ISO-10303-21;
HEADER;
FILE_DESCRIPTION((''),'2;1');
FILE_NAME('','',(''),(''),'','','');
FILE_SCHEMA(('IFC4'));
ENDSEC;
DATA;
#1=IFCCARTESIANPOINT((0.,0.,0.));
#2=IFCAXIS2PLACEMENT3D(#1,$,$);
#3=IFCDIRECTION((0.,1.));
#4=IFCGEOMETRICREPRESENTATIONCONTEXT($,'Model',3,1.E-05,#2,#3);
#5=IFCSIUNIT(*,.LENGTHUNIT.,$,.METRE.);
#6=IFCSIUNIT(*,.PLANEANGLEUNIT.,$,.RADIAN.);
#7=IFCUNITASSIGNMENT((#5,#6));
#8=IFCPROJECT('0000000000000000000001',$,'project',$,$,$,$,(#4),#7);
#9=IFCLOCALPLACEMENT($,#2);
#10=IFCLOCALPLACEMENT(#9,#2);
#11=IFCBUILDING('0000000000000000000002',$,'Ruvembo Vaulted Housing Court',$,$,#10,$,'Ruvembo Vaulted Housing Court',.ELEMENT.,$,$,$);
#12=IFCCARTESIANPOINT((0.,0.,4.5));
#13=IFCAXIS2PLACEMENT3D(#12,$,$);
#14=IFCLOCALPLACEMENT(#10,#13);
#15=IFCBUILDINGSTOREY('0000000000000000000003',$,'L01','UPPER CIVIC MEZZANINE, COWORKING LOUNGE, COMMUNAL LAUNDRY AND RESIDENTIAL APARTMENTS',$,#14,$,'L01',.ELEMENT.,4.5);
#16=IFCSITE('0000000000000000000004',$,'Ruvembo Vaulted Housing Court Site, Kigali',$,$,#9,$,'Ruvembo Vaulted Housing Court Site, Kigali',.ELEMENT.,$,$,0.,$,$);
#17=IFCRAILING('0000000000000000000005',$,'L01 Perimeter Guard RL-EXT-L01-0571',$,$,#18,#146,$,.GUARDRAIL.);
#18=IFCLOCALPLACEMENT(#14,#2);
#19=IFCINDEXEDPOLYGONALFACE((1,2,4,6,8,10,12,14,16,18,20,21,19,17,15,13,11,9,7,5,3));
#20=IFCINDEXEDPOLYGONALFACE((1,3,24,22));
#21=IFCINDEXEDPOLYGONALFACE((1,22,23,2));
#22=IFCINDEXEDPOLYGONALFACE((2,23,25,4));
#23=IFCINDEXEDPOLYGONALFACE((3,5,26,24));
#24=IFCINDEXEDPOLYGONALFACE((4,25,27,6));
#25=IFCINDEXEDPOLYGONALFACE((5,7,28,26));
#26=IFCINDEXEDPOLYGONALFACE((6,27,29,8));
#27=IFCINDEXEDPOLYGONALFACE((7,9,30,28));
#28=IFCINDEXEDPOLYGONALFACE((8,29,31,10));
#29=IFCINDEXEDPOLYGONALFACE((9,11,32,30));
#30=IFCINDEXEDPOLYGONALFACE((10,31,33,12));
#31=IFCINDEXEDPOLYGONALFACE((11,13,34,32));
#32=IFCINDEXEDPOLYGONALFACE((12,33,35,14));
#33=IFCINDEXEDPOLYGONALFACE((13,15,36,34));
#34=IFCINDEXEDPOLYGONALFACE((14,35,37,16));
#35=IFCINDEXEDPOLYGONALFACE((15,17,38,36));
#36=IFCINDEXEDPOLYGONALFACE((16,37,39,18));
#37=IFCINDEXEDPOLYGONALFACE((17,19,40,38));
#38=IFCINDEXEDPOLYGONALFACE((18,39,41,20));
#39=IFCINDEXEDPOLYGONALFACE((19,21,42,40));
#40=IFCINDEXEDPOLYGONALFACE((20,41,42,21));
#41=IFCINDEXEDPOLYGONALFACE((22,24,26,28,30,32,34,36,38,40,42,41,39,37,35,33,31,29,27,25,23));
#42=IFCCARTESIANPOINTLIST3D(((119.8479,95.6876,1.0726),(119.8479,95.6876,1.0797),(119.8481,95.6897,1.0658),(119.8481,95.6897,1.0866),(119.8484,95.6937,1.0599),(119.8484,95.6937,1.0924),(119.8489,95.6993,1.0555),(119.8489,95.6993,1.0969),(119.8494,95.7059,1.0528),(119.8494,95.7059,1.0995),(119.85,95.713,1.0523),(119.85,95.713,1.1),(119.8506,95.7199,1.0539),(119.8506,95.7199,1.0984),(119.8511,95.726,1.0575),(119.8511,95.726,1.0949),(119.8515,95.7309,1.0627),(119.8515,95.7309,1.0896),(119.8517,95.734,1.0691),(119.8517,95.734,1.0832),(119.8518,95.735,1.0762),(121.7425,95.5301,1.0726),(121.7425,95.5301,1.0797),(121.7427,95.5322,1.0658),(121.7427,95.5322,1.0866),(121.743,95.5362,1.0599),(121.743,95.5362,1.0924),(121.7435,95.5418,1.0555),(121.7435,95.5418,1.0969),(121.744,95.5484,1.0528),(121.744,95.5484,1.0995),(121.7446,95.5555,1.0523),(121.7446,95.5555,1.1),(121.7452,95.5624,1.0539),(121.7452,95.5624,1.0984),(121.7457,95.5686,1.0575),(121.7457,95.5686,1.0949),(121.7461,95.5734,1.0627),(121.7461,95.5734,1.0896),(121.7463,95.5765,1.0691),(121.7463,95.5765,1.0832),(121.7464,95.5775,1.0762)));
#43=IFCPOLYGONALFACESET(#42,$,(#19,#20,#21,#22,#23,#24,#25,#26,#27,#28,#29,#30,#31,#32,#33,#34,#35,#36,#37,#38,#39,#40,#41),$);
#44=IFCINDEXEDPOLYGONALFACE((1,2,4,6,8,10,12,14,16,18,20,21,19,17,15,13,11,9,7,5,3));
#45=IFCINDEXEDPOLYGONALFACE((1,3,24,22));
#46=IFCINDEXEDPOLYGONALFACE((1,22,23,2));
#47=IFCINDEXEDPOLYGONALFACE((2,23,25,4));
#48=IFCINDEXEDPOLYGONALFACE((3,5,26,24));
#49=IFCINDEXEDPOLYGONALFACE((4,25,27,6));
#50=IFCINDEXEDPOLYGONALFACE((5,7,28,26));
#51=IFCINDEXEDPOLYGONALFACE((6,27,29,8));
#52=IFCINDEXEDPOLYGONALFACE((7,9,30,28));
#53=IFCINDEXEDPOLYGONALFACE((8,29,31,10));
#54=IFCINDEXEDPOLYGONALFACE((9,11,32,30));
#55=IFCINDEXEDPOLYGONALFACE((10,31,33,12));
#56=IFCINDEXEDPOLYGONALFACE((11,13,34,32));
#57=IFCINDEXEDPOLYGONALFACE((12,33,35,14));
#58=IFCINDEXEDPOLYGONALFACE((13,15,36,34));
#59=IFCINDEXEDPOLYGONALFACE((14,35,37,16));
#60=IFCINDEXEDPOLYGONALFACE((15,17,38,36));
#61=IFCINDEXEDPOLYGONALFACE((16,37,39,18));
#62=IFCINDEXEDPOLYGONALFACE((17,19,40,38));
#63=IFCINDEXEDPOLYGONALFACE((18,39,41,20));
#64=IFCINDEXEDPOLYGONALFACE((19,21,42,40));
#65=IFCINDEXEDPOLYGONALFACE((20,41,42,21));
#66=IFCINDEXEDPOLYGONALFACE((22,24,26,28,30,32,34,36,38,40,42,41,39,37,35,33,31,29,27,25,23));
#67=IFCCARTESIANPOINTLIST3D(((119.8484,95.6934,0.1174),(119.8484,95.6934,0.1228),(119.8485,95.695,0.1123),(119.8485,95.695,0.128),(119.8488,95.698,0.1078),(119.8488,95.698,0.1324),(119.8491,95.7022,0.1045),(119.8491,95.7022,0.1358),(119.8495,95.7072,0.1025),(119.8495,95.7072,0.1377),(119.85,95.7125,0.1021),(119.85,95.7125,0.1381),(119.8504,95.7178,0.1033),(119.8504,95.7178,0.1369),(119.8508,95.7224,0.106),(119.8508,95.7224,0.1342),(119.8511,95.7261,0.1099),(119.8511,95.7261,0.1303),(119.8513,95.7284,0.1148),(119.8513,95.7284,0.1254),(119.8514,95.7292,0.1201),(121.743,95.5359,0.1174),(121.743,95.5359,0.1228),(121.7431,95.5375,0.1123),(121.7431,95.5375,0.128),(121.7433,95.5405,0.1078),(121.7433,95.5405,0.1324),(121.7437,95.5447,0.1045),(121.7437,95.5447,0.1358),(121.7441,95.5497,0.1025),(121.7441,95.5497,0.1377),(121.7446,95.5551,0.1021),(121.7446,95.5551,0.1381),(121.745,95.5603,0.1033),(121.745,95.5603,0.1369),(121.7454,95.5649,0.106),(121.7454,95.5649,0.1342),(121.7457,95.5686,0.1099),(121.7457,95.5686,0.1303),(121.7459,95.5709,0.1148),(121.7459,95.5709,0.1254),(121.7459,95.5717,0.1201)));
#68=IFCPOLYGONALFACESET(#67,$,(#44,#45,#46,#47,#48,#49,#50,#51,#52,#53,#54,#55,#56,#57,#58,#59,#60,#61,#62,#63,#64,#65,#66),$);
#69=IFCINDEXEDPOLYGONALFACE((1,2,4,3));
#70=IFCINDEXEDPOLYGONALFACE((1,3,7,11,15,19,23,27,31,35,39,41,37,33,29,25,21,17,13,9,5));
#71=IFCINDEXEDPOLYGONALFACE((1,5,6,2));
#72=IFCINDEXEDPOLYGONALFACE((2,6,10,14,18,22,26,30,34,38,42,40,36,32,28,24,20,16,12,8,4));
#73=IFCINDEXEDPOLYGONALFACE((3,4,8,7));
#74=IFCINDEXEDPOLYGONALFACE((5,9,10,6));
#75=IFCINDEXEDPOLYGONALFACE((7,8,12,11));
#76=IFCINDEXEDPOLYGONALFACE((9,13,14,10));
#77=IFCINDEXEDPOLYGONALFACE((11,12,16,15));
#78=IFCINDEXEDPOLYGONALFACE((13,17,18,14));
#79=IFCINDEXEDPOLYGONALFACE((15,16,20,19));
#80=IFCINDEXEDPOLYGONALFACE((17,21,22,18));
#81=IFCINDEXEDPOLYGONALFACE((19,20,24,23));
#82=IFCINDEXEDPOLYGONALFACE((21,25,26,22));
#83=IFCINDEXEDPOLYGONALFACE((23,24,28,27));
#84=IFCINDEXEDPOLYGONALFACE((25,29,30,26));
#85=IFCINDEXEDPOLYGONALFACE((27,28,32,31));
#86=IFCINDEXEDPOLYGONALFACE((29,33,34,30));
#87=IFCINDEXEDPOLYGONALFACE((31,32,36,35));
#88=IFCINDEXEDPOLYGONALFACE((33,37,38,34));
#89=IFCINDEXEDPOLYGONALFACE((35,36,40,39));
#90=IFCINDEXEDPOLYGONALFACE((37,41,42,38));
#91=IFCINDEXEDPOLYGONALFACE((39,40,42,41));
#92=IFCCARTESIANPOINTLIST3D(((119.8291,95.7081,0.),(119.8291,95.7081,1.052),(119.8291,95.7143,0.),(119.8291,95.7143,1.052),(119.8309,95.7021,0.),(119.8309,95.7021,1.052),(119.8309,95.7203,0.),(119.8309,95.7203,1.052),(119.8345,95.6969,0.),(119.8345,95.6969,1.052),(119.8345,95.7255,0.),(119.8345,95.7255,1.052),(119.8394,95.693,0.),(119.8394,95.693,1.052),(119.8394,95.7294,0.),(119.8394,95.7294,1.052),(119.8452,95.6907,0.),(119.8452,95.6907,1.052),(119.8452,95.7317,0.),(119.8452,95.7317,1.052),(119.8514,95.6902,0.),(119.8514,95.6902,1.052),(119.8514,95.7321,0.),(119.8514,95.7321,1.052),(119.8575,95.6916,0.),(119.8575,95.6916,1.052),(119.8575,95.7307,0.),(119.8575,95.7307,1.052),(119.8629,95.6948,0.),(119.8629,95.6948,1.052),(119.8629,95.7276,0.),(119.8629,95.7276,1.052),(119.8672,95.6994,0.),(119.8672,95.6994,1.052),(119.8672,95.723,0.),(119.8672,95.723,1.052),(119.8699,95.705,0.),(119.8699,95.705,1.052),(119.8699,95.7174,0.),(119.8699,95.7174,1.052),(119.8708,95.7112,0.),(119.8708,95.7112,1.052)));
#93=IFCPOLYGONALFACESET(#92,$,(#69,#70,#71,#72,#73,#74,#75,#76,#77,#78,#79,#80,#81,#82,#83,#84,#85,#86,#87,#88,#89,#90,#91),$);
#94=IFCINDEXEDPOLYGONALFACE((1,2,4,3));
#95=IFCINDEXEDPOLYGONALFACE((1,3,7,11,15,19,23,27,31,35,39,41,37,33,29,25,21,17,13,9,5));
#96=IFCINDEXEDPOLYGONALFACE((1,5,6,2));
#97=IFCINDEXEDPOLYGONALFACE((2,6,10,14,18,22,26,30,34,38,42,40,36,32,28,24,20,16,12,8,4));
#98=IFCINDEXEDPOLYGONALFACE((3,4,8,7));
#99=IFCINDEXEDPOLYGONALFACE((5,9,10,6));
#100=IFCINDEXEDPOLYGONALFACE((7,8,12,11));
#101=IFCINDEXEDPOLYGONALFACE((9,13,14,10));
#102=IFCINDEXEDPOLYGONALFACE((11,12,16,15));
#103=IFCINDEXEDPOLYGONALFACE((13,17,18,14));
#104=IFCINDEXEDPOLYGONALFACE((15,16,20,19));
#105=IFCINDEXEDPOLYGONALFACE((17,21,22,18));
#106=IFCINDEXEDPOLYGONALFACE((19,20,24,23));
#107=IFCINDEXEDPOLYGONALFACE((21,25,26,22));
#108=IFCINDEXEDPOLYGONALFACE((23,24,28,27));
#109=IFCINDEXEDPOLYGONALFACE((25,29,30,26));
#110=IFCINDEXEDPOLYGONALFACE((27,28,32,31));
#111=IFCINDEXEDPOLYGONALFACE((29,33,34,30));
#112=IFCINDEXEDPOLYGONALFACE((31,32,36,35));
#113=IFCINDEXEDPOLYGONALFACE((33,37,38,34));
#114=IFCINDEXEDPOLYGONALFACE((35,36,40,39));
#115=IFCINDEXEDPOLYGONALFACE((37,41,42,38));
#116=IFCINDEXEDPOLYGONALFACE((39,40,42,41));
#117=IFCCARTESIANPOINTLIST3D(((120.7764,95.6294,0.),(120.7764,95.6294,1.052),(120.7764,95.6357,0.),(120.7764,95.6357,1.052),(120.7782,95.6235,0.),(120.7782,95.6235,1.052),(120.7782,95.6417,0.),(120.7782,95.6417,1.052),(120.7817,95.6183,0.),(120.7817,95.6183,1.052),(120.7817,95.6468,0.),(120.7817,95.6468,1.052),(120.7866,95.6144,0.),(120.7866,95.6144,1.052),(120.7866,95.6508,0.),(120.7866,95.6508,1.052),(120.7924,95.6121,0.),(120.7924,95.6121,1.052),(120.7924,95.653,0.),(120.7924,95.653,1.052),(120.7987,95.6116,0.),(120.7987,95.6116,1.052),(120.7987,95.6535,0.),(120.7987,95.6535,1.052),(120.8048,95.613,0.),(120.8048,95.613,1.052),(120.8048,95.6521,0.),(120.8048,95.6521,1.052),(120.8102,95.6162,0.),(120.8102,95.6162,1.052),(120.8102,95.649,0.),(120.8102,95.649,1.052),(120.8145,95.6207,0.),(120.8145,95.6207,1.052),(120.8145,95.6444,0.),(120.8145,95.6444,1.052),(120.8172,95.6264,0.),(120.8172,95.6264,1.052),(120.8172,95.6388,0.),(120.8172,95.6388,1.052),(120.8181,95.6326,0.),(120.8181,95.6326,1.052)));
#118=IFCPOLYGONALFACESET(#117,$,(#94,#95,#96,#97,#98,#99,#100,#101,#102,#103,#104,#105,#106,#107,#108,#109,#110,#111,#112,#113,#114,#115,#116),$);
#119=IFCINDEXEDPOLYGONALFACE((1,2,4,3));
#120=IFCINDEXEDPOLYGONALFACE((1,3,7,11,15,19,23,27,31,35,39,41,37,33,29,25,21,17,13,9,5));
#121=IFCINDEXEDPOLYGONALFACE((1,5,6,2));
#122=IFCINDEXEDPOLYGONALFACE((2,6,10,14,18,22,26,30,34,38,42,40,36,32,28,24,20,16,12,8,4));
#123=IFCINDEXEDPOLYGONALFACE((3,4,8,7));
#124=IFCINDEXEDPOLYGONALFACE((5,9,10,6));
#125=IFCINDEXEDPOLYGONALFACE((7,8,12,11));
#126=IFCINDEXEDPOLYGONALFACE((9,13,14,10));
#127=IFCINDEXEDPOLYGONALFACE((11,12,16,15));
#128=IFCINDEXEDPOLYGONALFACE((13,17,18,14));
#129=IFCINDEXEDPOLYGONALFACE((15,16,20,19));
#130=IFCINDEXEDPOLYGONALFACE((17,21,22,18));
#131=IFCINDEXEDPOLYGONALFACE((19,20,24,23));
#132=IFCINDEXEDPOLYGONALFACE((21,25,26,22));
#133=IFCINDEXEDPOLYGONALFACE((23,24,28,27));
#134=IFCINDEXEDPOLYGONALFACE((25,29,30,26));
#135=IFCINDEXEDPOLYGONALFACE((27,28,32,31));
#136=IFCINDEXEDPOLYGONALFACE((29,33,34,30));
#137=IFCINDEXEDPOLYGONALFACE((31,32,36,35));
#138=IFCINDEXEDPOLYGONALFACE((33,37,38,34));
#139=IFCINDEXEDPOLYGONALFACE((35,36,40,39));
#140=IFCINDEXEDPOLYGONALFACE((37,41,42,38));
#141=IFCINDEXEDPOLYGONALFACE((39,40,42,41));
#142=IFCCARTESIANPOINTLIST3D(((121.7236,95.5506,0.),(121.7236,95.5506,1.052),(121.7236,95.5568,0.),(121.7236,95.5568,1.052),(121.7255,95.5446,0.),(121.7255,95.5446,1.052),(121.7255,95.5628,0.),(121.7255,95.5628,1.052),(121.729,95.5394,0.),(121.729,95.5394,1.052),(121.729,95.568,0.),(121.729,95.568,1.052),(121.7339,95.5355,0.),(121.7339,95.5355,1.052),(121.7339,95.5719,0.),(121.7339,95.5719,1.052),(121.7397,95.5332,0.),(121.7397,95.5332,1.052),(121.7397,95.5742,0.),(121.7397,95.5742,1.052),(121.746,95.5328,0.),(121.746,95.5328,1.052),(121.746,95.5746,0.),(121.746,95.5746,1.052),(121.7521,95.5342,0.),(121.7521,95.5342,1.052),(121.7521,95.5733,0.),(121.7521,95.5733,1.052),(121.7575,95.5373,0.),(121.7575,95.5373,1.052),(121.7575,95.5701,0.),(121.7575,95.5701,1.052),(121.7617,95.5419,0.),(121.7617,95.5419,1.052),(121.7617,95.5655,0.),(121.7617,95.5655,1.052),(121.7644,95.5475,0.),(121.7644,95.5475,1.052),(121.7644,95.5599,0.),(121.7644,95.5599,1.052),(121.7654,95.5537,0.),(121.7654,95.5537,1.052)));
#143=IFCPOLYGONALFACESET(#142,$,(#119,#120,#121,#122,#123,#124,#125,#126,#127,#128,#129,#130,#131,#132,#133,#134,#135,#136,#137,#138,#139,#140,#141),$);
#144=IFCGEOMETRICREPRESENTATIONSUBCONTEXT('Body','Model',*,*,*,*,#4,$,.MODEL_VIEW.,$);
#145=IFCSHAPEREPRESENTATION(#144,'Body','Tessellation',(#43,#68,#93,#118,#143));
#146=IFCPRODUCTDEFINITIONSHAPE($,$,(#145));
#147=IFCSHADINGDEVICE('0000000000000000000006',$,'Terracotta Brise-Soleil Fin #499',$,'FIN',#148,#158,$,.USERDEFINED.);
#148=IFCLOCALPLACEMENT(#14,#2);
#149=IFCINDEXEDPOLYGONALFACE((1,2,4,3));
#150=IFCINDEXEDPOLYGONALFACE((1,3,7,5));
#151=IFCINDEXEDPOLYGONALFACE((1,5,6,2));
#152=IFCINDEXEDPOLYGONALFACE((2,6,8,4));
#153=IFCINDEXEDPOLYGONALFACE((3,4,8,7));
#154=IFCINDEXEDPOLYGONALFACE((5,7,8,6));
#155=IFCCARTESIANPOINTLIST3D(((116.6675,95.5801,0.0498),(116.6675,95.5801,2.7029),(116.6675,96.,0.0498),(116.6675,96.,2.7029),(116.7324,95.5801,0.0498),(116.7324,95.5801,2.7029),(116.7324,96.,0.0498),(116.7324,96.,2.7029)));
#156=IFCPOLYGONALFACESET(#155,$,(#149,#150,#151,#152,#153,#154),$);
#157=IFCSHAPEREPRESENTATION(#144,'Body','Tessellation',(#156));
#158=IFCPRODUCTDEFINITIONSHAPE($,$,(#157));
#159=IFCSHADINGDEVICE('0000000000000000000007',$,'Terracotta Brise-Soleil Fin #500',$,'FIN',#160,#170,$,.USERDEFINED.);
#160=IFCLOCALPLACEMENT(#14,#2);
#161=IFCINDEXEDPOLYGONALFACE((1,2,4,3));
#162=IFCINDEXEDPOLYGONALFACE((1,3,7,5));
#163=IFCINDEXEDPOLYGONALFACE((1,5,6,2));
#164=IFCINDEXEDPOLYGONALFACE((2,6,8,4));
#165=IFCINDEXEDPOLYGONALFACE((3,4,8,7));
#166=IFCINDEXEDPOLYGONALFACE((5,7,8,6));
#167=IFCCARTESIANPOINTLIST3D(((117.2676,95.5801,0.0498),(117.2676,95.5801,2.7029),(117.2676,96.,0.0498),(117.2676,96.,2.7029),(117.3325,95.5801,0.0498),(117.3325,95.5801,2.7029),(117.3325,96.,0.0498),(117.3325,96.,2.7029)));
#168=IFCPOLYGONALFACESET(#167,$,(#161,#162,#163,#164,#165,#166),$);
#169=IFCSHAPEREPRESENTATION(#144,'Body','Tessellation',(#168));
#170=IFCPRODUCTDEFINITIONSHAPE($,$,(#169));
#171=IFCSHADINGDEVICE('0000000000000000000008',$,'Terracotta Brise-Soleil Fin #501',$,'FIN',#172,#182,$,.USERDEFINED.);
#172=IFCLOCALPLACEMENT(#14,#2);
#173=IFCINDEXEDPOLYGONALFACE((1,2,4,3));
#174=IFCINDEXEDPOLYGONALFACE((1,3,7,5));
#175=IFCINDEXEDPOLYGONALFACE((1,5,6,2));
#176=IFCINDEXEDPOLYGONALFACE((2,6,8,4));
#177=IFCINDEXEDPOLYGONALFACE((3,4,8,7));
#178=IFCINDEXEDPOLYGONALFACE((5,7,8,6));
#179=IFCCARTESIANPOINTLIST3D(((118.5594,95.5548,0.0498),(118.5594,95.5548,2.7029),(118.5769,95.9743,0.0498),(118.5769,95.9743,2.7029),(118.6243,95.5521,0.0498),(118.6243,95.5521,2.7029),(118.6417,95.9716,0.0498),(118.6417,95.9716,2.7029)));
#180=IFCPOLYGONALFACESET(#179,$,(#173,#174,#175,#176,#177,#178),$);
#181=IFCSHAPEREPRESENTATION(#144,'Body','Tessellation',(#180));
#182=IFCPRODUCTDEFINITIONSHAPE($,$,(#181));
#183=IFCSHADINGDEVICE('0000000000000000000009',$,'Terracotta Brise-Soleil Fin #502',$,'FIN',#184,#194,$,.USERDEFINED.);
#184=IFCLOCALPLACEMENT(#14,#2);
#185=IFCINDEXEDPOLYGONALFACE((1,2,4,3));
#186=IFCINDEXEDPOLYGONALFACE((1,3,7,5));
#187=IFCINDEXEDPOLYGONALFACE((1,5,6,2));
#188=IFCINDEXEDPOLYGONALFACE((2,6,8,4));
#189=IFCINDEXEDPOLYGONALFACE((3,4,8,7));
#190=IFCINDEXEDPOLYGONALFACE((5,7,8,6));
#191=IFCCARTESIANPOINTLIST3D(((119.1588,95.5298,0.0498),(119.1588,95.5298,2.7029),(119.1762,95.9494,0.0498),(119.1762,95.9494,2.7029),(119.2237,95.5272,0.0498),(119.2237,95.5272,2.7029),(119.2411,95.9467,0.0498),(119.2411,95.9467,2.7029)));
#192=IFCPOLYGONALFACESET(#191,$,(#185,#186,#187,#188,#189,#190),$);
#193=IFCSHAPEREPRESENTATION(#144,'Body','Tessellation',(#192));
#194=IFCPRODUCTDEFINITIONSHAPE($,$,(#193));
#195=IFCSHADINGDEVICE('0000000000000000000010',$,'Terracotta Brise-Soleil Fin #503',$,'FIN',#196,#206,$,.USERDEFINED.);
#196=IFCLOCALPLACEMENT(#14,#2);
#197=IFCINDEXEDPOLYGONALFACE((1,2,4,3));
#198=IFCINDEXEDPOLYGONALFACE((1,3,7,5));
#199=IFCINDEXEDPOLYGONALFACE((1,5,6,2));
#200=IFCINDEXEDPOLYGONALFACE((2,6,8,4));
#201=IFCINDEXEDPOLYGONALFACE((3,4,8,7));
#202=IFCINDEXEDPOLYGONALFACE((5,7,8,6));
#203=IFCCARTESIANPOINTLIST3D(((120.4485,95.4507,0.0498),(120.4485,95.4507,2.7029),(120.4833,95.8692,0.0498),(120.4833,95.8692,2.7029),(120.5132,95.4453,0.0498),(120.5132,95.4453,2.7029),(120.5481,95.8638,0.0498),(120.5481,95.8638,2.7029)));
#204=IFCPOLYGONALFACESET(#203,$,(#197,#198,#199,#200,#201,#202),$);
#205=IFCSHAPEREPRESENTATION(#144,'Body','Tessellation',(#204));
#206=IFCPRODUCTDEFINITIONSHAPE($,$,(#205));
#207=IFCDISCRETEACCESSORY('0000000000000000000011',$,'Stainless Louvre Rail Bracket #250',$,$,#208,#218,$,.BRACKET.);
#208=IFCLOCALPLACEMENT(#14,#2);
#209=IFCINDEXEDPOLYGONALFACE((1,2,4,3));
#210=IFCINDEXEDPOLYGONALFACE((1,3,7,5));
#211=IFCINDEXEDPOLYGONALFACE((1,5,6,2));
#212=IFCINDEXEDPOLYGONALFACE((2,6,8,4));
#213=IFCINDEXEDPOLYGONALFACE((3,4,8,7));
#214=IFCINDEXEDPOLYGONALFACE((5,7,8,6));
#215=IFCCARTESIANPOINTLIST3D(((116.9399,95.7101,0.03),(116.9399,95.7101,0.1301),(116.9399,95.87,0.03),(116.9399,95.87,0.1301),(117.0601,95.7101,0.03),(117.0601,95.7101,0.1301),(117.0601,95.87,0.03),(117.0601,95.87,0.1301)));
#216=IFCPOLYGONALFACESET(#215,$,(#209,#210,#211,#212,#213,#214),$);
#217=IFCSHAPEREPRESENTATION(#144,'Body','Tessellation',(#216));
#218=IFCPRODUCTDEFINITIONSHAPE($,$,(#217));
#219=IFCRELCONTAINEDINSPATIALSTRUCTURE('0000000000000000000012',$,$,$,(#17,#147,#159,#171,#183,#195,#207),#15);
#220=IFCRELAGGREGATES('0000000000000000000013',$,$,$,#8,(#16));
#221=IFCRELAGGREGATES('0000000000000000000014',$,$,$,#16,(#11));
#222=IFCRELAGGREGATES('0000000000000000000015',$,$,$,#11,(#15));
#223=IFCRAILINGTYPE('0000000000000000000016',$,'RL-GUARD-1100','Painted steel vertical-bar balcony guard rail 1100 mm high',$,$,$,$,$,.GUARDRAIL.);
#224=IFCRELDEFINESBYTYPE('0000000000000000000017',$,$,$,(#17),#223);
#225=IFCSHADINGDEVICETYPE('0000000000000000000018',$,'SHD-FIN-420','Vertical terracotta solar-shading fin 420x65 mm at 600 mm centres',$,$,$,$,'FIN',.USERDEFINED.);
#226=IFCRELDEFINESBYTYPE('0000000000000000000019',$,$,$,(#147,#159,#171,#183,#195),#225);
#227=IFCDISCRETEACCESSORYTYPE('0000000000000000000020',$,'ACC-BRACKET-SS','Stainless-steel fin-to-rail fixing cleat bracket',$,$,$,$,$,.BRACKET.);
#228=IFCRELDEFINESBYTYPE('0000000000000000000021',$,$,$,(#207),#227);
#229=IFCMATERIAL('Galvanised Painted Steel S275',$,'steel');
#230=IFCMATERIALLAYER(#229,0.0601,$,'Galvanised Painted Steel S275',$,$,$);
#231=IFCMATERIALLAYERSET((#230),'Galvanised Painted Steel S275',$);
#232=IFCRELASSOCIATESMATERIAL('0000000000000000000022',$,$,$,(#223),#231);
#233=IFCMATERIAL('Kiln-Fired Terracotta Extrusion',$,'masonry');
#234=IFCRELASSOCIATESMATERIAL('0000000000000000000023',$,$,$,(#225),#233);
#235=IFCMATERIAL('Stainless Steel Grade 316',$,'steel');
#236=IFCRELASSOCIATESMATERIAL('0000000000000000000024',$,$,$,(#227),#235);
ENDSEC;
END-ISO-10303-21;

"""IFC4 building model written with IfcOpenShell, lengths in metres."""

from ifc_helpers import new_model, si_unit, direction, frame, origin, origin_2d, place, context, subcontext, project, spatial, rectangle, circle, extrude, material, layer, layer_set, type_object, element, save


model = new_model("IFC4")

# Units and contexts
model_context = context("Model", 3, precision=1e-05, world=origin(), true_north=direction((0.0, 1.0)))
body_context = subcontext(model_context, "Body", "Model", "MODEL_VIEW")
ifc_project = project(units=[si_unit("LENGTHUNIT", "METRE"), si_unit("PLANEANGLEUNIT", "RADIAN")], contexts=[model_context])

# Site, building, storey
site_placement = place(None, origin())
site = spatial("IfcSite", under=ifc_project, at=site_placement, Name="Ruvembo Vaulted Housing Court Site, Kigali", LongName="Ruvembo Vaulted Housing Court Site, Kigali", CompositionType="ELEMENT", RefElevation=0.0)
building_placement = place(site_placement, origin())
building = spatial("IfcBuilding", under=site, at=building_placement, Name="Ruvembo Vaulted Housing Court", LongName="Ruvembo Vaulted Housing Court", CompositionType="ELEMENT")
storey_placement = place(building_placement, frame((0.0, 0.0, 4.5)))
storey = spatial("IfcBuildingStorey", under=building, at=storey_placement, Name="L01", Description="UPPER CIVIC MEZZANINE, COWORKING LOUNGE, COMMUNAL LAUNDRY AND RESIDENTIAL APARTMENTS", LongName="L01", CompositionType="ELEMENT", Elevation=4.5)

# Railing
ifc_material_1 = material(Name="Galvanised Painted Steel S275", Category="steel")
ifc_layer_1 = layer(ifc_material_1, 0.0601, Name="Galvanised Painted Steel S275")
ifc_layer_set_1 = layer_set([ifc_layer_1], Name="Galvanised Painted Steel S275")
railing_type = type_object("IfcRailingType", Name="RL-GUARD-1100", Description="Painted steel vertical-bar balcony guard rail 1100 mm high", PredefinedType="GUARDRAIL", material=ifc_layer_set_1)
railing_1_placement = place(storey_placement, frame((119.8499, 95.7112, 0.0)))
element("IfcRailing", 1, at=railing_1_placement, inside=storey, type_object=railing_type, Name="L01 Perimeter Guard RL-EXT-L01-0571", PredefinedType="GUARDRAIL", context=body_context, shape_type="SweptSolid", body=[
    extrude(circle(Radius=0.0239, at=origin_2d()), frame((0.0, 0.0, 1.0762), z_axis=(0.996563, -0.082833, 0.0), x_axis=(0.082833, 0.996563, 0.0)), (0.0, 0.0, 1.0), 1.9011),
    extrude(circle(Radius=0.0181, at=origin_2d()), frame((0.0, 0.0, 0.1201), z_axis=(0.996563, -0.082833, 0.0), x_axis=(0.082833, 0.996563, 0.0)), (0.0, 0.0, 1.0), 1.9011),
    extrude(circle(Radius=0.021, at=origin_2d()), origin(), (0.0, 0.0, 1.0), 1.052),
    extrude(circle(Radius=0.021, at=origin_2d()), frame((0.9473, -0.0786, 0.0)), (0.0, 0.0, 1.0), 1.052),
    extrude(circle(Radius=0.021, at=origin_2d()), frame((1.8945, -0.1575, 0.0)), (0.0, 0.0, 1.0), 1.052),
])

# Shading devices
ifc_material_2 = material(Name="Kiln-Fired Terracotta Extrusion", Category="masonry")
shading_device_type = type_object("IfcShadingDeviceType", Name="SHD-FIN-420", Description="Vertical terracotta solar-shading fin 420x65 mm at 600 mm centres", ElementType="FIN", PredefinedType="USERDEFINED", material=ifc_material_2)
for number, where, z_axis, x_axis, name in (
    (2, (116.7, 95.79, 0.0498), (0.0, 0.0, 1.0), (0.0, -1.0, 0.0), "Terracotta Brise-Soleil Fin #499"),
    (3, (117.3, 95.79, 0.0498), (0.0, 0.0, 1.0), (0.0, -1.0, 0.0), "Terracotta Brise-Soleil Fin #500"),
    (4, (118.6006, 95.7632, 0.0498), (0.0, 0.0, 1.0), (-0.041509, -0.999138, 0.0), "Terracotta Brise-Soleil Fin #501"),
    (5, (119.2, 95.7383, 0.0498), (0.0, 0.0, 1.0), (-0.041509, -0.999138, 0.0), "Terracotta Brise-Soleil Fin #502"),
    (6, (120.4983, 95.6572, 0.0498), (0.0, 0.0, 1.0), (-0.082895, -0.996558, 0.0), "Terracotta Brise-Soleil Fin #503"),
):
    element("IfcShadingDevice", number, at=place(storey_placement, frame(where, z_axis=z_axis, x_axis=x_axis)), inside=storey, type_object=shading_device_type, Name=name, ObjectType="FIN", PredefinedType="USERDEFINED", context=body_context, shape_type="SweptSolid", body=[
        extrude(rectangle(XDim=0.4199, YDim=0.0649, at=origin_2d()), origin(), (0.0, 0.0, 1.0), 2.6531),
    ])

# Discrete accessory
ifc_material_3 = material(Name="Stainless Steel Grade 316", Category="steel")
discrete_accessory_type = type_object("IfcDiscreteAccessoryType", Name="ACC-BRACKET-SS", Description="Stainless-steel fin-to-rail fixing cleat bracket", PredefinedType="BRACKET", material=ifc_material_3)
for number, where, z_axis, x_axis, name in (
    (7, (117.0, 95.79, 0.03), (0.0, 0.0, 1.0), (0.0, -1.0, 0.0), "Stainless Louvre Rail Bracket #250"),
):
    element("IfcDiscreteAccessory", number, at=place(storey_placement, frame(where, z_axis=z_axis, x_axis=x_axis)), inside=storey, type_object=discrete_accessory_type, Name=name, PredefinedType="BRACKET", context=body_context, shape_type="SweptSolid", body=[
        extrude(rectangle(XDim=0.1599, YDim=0.1201, at=origin_2d()), origin(), (0.0, 0.0, 1.0), 0.1001),
    ])

save(model, "model.ifc")
